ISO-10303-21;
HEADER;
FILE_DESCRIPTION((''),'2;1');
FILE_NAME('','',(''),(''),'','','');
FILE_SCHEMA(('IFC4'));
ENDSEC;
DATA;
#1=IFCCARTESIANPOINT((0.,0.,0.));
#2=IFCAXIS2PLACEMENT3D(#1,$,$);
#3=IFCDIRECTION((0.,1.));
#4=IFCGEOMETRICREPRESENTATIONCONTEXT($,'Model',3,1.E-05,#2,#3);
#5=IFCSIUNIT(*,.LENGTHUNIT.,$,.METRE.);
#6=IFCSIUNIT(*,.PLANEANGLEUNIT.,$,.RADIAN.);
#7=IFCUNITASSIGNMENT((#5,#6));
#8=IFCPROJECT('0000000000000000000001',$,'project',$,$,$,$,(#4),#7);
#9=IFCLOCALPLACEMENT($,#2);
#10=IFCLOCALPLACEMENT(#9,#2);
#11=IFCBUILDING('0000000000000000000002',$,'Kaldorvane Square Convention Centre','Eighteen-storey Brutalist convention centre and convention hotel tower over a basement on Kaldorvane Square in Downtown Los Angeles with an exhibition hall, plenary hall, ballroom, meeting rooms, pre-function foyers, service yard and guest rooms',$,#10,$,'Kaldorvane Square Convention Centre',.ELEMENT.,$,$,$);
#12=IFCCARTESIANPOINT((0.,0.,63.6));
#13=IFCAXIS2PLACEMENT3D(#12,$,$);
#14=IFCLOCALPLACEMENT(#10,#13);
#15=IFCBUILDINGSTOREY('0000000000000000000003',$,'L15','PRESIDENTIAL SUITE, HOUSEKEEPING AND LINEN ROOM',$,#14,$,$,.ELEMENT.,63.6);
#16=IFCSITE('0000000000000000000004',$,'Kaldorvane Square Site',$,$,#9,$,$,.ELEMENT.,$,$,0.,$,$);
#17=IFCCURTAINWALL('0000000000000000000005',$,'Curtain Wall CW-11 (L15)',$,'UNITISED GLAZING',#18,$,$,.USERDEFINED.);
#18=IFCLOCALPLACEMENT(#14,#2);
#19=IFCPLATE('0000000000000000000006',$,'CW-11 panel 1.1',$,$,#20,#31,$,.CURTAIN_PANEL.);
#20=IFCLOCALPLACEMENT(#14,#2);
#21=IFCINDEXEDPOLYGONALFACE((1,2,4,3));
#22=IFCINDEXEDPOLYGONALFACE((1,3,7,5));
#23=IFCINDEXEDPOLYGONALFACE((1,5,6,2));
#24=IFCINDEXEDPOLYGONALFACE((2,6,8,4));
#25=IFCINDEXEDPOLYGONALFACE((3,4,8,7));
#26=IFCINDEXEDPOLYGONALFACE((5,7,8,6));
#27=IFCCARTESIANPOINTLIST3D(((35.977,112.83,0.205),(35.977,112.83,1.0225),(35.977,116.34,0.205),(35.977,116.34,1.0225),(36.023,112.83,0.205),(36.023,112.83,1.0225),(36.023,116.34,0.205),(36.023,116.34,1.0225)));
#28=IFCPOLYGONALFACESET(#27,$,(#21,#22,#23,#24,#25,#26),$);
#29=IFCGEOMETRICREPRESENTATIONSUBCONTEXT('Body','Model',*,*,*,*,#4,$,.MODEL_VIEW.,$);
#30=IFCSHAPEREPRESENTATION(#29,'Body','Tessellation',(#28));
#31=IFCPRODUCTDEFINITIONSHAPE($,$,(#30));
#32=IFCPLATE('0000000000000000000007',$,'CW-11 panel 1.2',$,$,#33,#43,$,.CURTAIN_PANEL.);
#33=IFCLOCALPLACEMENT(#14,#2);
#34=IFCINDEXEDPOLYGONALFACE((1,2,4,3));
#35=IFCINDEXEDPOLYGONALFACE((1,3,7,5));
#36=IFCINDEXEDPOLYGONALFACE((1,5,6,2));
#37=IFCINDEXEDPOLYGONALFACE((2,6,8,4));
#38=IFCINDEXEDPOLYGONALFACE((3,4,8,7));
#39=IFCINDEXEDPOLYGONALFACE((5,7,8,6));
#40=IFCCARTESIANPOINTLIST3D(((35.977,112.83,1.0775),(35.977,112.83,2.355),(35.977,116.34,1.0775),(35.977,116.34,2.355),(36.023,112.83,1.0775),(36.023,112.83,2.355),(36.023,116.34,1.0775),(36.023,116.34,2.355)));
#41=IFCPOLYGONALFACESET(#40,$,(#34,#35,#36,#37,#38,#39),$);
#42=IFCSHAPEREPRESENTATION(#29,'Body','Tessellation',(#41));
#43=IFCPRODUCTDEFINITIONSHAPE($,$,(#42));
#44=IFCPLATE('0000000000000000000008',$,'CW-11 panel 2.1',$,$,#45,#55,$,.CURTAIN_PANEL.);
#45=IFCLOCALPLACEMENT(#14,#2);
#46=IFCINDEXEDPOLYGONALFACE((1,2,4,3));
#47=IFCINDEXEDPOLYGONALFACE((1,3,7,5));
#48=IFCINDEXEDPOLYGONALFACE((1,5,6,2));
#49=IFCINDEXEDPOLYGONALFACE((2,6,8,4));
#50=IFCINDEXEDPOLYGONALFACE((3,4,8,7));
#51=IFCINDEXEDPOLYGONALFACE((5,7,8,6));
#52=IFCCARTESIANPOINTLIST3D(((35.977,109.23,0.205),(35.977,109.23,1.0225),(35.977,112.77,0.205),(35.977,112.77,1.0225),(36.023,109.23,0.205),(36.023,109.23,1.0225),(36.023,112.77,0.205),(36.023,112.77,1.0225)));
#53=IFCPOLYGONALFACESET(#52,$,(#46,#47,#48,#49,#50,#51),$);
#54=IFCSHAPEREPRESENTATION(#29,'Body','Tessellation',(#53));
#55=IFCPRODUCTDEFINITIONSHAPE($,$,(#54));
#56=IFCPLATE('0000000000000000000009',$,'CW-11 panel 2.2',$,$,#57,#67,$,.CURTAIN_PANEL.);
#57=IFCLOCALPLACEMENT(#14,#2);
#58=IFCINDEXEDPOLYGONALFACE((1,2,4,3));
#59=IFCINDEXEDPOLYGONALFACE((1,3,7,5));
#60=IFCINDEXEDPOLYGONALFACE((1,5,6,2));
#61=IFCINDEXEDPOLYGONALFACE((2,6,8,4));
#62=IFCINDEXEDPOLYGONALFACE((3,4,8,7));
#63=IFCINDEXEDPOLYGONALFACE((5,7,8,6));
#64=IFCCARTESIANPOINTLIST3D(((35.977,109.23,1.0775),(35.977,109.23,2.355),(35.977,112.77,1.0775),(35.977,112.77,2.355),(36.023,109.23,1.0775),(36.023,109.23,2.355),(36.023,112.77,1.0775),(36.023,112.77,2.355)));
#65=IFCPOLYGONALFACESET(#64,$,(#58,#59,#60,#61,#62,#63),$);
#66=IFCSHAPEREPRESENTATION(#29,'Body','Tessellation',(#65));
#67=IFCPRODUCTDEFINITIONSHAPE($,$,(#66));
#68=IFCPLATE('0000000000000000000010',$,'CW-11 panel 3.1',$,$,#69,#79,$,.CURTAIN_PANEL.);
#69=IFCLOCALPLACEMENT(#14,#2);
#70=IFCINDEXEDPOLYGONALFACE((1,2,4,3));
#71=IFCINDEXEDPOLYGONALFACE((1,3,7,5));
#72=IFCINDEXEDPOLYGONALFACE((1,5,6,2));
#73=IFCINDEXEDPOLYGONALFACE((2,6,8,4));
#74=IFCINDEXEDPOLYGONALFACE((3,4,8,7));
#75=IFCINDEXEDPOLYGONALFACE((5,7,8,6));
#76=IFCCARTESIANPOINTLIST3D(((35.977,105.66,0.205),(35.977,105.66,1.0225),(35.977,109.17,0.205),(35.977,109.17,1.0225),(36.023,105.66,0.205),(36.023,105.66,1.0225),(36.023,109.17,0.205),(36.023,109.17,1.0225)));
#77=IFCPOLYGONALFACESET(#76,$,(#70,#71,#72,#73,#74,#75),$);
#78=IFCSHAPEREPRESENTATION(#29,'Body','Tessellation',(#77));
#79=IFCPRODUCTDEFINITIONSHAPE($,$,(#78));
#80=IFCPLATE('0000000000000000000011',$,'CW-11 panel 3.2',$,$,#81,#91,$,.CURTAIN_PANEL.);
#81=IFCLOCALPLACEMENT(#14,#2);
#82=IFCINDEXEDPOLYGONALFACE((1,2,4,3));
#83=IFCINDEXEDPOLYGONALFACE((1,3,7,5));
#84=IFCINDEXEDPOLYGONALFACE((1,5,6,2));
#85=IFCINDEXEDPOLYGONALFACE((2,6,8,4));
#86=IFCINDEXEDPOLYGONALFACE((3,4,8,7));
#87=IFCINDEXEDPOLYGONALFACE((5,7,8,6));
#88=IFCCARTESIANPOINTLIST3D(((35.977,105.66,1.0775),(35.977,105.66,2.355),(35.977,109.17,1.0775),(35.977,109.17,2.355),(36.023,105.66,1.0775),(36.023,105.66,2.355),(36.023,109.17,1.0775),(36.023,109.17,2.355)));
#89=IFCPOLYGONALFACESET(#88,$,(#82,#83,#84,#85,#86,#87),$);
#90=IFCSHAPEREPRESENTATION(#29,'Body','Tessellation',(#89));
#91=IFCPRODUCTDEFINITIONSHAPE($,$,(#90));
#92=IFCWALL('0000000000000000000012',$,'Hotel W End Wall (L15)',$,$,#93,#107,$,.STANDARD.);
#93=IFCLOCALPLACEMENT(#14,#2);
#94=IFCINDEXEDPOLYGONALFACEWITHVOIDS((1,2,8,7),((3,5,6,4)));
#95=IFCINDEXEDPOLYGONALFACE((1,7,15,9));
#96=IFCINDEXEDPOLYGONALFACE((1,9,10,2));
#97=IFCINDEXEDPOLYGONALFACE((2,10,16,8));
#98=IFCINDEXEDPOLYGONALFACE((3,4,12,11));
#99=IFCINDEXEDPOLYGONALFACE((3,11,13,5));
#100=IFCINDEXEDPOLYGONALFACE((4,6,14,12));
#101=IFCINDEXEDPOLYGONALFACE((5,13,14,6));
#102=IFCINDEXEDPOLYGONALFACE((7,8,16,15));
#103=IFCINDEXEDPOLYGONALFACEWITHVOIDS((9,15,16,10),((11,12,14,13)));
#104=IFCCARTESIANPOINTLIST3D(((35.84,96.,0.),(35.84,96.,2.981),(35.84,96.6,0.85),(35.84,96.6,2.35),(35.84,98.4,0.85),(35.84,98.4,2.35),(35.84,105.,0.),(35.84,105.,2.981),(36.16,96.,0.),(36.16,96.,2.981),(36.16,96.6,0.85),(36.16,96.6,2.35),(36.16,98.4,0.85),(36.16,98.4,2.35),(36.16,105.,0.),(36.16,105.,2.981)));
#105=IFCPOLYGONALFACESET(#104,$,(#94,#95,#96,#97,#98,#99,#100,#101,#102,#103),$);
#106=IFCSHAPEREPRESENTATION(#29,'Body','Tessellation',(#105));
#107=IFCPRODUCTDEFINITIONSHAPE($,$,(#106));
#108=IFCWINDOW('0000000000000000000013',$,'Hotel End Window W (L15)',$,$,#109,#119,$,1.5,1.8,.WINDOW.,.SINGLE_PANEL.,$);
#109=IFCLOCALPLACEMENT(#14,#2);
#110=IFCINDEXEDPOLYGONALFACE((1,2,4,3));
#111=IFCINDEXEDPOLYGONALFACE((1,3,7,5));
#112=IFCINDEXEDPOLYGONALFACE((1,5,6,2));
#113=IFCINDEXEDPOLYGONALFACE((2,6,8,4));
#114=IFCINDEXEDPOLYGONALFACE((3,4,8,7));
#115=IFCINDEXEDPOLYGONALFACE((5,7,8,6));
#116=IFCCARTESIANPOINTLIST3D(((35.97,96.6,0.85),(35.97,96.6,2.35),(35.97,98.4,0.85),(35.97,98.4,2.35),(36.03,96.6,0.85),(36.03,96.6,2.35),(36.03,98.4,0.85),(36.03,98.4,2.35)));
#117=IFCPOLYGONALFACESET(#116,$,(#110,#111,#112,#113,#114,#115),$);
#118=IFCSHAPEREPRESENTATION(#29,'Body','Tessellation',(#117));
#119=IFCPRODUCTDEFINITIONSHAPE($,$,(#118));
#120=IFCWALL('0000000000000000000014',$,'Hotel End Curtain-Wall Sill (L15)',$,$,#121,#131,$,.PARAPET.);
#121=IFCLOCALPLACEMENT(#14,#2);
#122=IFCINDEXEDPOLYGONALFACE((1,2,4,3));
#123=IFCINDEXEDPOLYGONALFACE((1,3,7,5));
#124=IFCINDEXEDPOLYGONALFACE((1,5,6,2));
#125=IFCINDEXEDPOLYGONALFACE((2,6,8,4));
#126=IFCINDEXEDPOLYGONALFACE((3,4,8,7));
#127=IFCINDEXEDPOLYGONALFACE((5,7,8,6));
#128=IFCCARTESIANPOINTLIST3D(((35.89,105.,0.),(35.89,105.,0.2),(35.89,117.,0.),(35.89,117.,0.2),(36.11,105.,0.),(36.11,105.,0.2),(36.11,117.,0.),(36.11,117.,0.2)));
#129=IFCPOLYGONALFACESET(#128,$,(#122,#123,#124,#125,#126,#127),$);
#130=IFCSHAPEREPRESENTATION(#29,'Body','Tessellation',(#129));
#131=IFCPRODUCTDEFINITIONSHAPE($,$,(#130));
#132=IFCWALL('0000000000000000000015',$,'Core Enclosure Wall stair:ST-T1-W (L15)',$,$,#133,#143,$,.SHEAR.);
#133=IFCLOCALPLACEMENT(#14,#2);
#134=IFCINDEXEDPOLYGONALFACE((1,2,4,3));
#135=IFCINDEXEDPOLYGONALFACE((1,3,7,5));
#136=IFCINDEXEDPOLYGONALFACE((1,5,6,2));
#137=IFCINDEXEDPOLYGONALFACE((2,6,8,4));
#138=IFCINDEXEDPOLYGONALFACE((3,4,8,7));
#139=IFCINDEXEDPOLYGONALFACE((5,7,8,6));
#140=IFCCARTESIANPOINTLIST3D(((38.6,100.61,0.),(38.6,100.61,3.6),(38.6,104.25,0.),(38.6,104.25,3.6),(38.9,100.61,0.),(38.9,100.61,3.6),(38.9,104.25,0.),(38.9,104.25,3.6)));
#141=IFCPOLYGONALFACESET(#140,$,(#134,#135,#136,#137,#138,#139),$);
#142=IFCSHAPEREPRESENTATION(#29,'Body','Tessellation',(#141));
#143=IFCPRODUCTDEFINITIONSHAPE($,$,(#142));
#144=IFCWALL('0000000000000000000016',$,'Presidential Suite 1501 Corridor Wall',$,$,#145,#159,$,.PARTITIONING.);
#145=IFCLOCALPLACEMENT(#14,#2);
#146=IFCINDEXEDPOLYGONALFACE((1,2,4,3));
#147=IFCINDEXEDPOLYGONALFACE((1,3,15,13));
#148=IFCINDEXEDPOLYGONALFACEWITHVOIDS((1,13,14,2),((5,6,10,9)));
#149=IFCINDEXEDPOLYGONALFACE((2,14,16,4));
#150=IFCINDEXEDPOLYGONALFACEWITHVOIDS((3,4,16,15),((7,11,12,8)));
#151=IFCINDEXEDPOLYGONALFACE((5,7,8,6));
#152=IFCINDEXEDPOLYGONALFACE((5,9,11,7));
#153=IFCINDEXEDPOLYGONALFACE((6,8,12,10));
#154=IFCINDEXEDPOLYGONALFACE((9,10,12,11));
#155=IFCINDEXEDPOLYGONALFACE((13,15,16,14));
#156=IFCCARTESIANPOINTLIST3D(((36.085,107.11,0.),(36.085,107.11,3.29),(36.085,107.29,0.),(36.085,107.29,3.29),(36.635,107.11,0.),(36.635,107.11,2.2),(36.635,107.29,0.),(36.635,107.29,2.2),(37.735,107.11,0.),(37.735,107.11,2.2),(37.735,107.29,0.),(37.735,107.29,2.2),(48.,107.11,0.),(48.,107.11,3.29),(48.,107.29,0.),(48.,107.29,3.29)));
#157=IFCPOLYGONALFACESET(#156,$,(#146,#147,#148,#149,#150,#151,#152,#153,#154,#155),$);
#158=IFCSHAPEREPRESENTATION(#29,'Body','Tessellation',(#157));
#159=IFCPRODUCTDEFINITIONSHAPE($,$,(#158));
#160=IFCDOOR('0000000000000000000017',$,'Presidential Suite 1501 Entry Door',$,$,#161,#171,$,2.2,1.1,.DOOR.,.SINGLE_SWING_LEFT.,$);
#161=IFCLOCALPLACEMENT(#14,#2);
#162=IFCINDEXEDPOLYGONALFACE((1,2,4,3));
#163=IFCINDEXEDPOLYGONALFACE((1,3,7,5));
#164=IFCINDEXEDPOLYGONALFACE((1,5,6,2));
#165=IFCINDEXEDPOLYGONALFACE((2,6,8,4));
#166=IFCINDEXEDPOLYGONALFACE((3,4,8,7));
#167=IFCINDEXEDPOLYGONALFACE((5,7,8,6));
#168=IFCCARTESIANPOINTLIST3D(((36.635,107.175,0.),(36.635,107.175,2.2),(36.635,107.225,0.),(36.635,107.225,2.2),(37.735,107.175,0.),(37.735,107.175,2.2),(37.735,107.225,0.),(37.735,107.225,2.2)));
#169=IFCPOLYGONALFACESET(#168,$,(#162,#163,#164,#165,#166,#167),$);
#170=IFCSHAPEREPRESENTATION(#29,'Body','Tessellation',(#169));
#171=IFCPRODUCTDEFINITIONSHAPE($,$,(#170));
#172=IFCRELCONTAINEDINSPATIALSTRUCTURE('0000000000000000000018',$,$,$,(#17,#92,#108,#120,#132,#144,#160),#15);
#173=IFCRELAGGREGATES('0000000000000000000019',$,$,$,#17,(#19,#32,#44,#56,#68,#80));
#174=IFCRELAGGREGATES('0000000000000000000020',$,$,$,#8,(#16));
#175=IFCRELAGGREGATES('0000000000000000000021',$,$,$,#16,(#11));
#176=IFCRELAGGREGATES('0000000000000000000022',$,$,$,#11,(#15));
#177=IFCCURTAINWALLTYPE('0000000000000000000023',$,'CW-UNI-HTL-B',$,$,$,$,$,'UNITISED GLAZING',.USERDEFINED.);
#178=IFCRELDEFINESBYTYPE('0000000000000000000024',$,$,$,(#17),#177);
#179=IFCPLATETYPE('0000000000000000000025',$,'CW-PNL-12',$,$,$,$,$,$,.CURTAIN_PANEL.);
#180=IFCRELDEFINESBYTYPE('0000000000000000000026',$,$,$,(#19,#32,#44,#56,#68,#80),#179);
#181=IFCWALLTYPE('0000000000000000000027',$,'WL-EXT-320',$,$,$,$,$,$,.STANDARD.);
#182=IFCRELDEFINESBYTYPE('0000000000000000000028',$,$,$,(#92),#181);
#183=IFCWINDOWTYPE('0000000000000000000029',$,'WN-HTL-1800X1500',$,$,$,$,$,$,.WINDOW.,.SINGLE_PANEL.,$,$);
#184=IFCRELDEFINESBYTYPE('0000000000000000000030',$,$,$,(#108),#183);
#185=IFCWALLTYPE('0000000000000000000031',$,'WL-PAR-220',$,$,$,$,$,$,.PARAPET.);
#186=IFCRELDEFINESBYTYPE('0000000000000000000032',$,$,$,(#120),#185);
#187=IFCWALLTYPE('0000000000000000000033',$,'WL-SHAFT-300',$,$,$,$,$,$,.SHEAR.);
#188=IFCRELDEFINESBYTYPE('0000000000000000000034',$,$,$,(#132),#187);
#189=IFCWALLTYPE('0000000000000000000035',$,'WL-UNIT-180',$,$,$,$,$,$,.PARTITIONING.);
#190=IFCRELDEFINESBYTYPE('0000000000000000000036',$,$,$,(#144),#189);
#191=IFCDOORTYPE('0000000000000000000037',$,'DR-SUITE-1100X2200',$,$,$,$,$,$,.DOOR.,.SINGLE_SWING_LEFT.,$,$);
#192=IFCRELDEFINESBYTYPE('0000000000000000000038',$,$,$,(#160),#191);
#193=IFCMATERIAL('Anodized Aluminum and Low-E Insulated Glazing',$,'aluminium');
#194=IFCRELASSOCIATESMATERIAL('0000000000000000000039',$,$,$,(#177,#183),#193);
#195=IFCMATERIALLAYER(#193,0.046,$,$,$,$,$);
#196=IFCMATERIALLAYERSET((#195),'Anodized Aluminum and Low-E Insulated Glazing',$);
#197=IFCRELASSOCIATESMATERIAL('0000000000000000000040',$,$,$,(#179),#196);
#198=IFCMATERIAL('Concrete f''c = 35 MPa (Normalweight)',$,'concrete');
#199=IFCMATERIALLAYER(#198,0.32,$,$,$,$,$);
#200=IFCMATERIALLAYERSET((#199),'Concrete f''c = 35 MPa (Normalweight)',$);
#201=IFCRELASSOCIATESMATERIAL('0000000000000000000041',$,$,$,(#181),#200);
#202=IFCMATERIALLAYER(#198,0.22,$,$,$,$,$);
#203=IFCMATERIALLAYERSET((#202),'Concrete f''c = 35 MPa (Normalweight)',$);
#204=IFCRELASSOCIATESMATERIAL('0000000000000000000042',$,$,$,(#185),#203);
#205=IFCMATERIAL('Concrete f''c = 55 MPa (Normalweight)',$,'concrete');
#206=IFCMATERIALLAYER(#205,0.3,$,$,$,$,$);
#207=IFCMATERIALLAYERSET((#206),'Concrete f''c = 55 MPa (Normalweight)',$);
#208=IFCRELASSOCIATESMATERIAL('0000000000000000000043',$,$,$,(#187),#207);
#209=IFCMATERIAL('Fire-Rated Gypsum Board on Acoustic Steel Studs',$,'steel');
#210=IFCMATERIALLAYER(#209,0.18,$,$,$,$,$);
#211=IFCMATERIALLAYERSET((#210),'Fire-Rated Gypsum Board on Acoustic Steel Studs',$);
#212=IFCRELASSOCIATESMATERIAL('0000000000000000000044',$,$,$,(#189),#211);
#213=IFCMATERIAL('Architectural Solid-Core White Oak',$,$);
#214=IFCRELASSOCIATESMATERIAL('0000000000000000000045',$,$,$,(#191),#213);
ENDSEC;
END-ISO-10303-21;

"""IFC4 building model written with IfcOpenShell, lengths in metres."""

from ifc_helpers import new_model, si_unit, direction, frame, frame_2d, origin, origin_2d, place, context, subcontext, project, spatial, rectangle, extrude, material, layer, layer_set, type_object, element, fill, aggregate, save


model = new_model("IFC4")

# Units and contexts
model_context = context("Model", 3, precision=1e-05, world=origin(), true_north=direction((0.0, 1.0)))
body_context = subcontext(model_context, "Body", "Model", "MODEL_VIEW")
ifc_project = project(units=[si_unit("LENGTHUNIT", "METRE"), si_unit("PLANEANGLEUNIT", "RADIAN")], contexts=[model_context])

# Site, building, storey
site_placement = place(None, origin())
site = spatial("IfcSite", under=ifc_project, at=site_placement, Name="Kaldorvane Square Site", CompositionType="ELEMENT", RefElevation=0.0)
building_placement = place(site_placement, origin())
building = spatial("IfcBuilding", under=site, at=building_placement, Name="Kaldorvane Square Convention Centre", Description="Eighteen-storey Brutalist convention centre and convention hotel tower over a basement on Kaldorvane Square in Downtown Los Angeles with an exhibition hall, plenary hall, ballroom, meeting rooms, pre-function foyers, service yard and guest rooms", LongName="Kaldorvane Square Convention Centre", CompositionType="ELEMENT")
storey_placement = place(building_placement, frame((0.0, 0.0, 63.6)))
storey = spatial("IfcBuildingStorey", under=building, at=storey_placement, Name="L15", Description="PRESIDENTIAL SUITE, HOUSEKEEPING AND LINEN ROOM", CompositionType="ELEMENT", Elevation=63.6)

# Curtain wall, plates
ifc_material_1 = material(Name="Anodized Aluminum and Low-E Insulated Glazing", Category="aluminium")
curtain_wall_type = type_object("IfcCurtainWallType", Name="CW-UNI-HTL-B", ElementType="UNITISED GLAZING", PredefinedType="USERDEFINED", material=ifc_material_1)
curtain_wall_placement = place(storey_placement, origin())
curtain_wall = element("IfcCurtainWall", 1, at=curtain_wall_placement, inside=storey, type_object=curtain_wall_type, Name="Curtain Wall CW-11 (L15)", ObjectType="UNITISED GLAZING", PredefinedType="USERDEFINED")
ifc_layer_1 = layer(ifc_material_1, 0.046)
ifc_layer_set_1 = layer_set([ifc_layer_1], Name="Anodized Aluminum and Low-E Insulated Glazing")
plate_type = type_object("IfcPlateType", Name="CW-PNL-12", PredefinedType="CURTAIN_PANEL", material=ifc_layer_set_1)
plate_1_placement = place(storey_placement, frame((36.0, 114.585, 0.205), z_axis=(0.0, 0.0, 1.0), x_axis=(0.0, -1.0, 0.0)))
plate_1 = element("IfcPlate", 2, at=plate_1_placement, type_object=plate_type, Name="CW-11 panel 1.1", PredefinedType="CURTAIN_PANEL", context=body_context, shape_type="SweptSolid", body=[
    extrude(rectangle(XDim=3.51, YDim=0.046, at=origin_2d()), origin(), (0.0, 0.0, 1.0), 0.8175),
])
plate_2_placement = place(storey_placement, frame((36.0, 114.585, 1.0775), z_axis=(0.0, 0.0, 1.0), x_axis=(0.0, -1.0, 0.0)))
plate_2 = element("IfcPlate", 3, at=plate_2_placement, type_object=plate_type, Name="CW-11 panel 1.2", PredefinedType="CURTAIN_PANEL", context=body_context, shape_type="SweptSolid", body=[
    extrude(rectangle(XDim=3.51, YDim=0.046, at=origin_2d()), origin(), (0.0, 0.0, 1.0), 1.2775),
])
plate_3_placement = place(storey_placement, frame((36.0, 111.0, 0.205), z_axis=(0.0, 0.0, 1.0), x_axis=(0.0, -1.0, 0.0)))
plate_3 = element("IfcPlate", 4, at=plate_3_placement, type_object=plate_type, Name="CW-11 panel 2.1", PredefinedType="CURTAIN_PANEL", context=body_context, shape_type="SweptSolid", body=[
    extrude(rectangle(XDim=3.54, YDim=0.046, at=origin_2d()), origin(), (0.0, 0.0, 1.0), 0.8175),
])
plate_4_placement = place(storey_placement, frame((36.0, 111.0, 1.0775), z_axis=(0.0, 0.0, 1.0), x_axis=(0.0, -1.0, 0.0)))
plate_4 = element("IfcPlate", 5, at=plate_4_placement, type_object=plate_type, Name="CW-11 panel 2.2", PredefinedType="CURTAIN_PANEL", context=body_context, shape_type="SweptSolid", body=[
    extrude(rectangle(XDim=3.54, YDim=0.046, at=origin_2d()), origin(), (0.0, 0.0, 1.0), 1.2775),
])
plate_5_placement = place(storey_placement, frame((36.0, 107.415, 0.205), z_axis=(0.0, 0.0, 1.0), x_axis=(0.0, -1.0, 0.0)))
plate_5 = element("IfcPlate", 6, at=plate_5_placement, type_object=plate_type, Name="CW-11 panel 3.1", PredefinedType="CURTAIN_PANEL", context=body_context, shape_type="SweptSolid", body=[
    extrude(rectangle(XDim=3.51, YDim=0.046, at=origin_2d()), origin(), (0.0, 0.0, 1.0), 0.8175),
])
plate_6_placement = place(storey_placement, frame((36.0, 107.415, 1.0775), z_axis=(0.0, 0.0, 1.0), x_axis=(0.0, -1.0, 0.0)))
plate_6 = element("IfcPlate", 7, at=plate_6_placement, type_object=plate_type, Name="CW-11 panel 3.2", PredefinedType="CURTAIN_PANEL", context=body_context, shape_type="SweptSolid", body=[
    extrude(rectangle(XDim=3.51, YDim=0.046, at=origin_2d()), origin(), (0.0, 0.0, 1.0), 1.2775),
])
aggregate(curtain_wall, [plate_1, plate_2, plate_3, plate_4, plate_5, plate_6])

# Wall, opening, window
ifc_material_2 = material(Name="Concrete f'c = 35 MPa (Normalweight)", Category="concrete")
ifc_layer_2 = layer(ifc_material_2, 0.32)
ifc_layer_set_2 = layer_set([ifc_layer_2], Name="Concrete f'c = 35 MPa (Normalweight)")
wall_type_1 = type_object("IfcWallType", Name="WL-EXT-320", PredefinedType="STANDARD", material=ifc_layer_set_2)
wall_1_placement = place(storey_placement, frame((36.0, 105.0, 0.0), z_axis=(0.0, 0.0, 1.0), x_axis=(0.0, -1.0, 0.0)))
wall_1 = element("IfcWall", 8, at=wall_1_placement, inside=storey, type_object=wall_type_1, Name="Hotel W End Wall (L15)", PredefinedType="STANDARD", context=body_context, shape_type="SweptSolid", body=[
    extrude(rectangle(XDim=9.0, YDim=0.32, at=frame_2d((4.5, 0.0))), origin(), (0.0, 0.0, 1.0), 2.981),
])
opening_1_placement = place(wall_1_placement, frame((6.6, 0.0, 0.85)))
opening_1 = element("IfcOpeningElement", 9, at=opening_1_placement, cuts=wall_1, PredefinedType="OPENING", context=body_context, shape_type="SweptSolid", body=[
    extrude(rectangle(XDim=1.8, YDim=1.5, at=frame_2d((0.9, 0.75))), frame((0.0, 0.175, 0.0), z_axis=(0.0, -1.0, 0.0), x_axis=(1.0, 0.0, 0.0)), (0.0, 0.0, 1.0), 0.35),
])
window_type = type_object("IfcWindowType", Name="WN-HTL-1800X1500", PartitioningType="SINGLE_PANEL", PredefinedType="WINDOW", material=ifc_material_1)
window_placement = place(opening_1_placement, origin())
window = element("IfcWindow", 10, at=window_placement, inside=storey, type_object=window_type, Name="Hotel End Window W (L15)", OverallHeight=1.5, OverallWidth=1.8, PartitioningType="SINGLE_PANEL", PredefinedType="WINDOW", context=body_context, shape_type="SweptSolid", body=[
    extrude(rectangle(XDim=1.8, YDim=1.5, at=frame_2d((0.9, 0.75))), frame((0.0, 0.03, 0.0), z_axis=(0.0, -1.0, 0.0), x_axis=(1.0, 0.0, 0.0)), (0.0, 0.0, 1.0), 0.06),
])
fill(opening_1, window)

# Walls
ifc_layer_3 = layer(ifc_material_2, 0.22)
ifc_layer_set_3 = layer_set([ifc_layer_3], Name="Concrete f'c = 35 MPa (Normalweight)")
wall_type_2 = type_object("IfcWallType", Name="WL-PAR-220", PredefinedType="PARAPET", material=ifc_layer_set_3)
wall_2_placement = place(storey_placement, frame((36.0, 117.0, 0.0), z_axis=(0.0, 0.0, 1.0), x_axis=(0.0, -1.0, 0.0)))
element("IfcWall", 11, at=wall_2_placement, inside=storey, type_object=wall_type_2, Name="Hotel End Curtain-Wall Sill (L15)", PredefinedType="PARAPET", context=body_context, shape_type="SweptSolid", body=[
    extrude(rectangle(XDim=12.0, YDim=0.22, at=frame_2d((6.0, 0.0))), origin(), (0.0, 0.0, 1.0), 0.2),
])
ifc_material_3 = material(Name="Concrete f'c = 55 MPa (Normalweight)", Category="concrete")
ifc_layer_4 = layer(ifc_material_3, 0.3)
ifc_layer_set_4 = layer_set([ifc_layer_4], Name="Concrete f'c = 55 MPa (Normalweight)")
wall_type_3 = type_object("IfcWallType", Name="WL-SHAFT-300", PredefinedType="SHEAR", material=ifc_layer_set_4)
wall_3_placement = place(storey_placement, frame((38.75, 104.25, 0.0), z_axis=(0.0, 0.0, 1.0), x_axis=(0.0, -1.0, 0.0)))
element("IfcWall", 12, at=wall_3_placement, inside=storey, type_object=wall_type_3, Name="Core Enclosure Wall stair:ST-T1-W (L15)", PredefinedType="SHEAR", context=body_context, shape_type="SweptSolid", body=[
    extrude(rectangle(XDim=3.64, YDim=0.3, at=frame_2d((1.82, 0.0))), origin(), (0.0, 0.0, 1.0), 3.6),
])

# Wall, opening, door
ifc_material_4 = material(Name="Fire-Rated Gypsum Board on Acoustic Steel Studs", Category="steel")
ifc_layer_5 = layer(ifc_material_4, 0.18)
ifc_layer_set_5 = layer_set([ifc_layer_5], Name="Fire-Rated Gypsum Board on Acoustic Steel Studs")
wall_type_4 = type_object("IfcWallType", Name="WL-UNIT-180", PredefinedType="PARTITIONING", material=ifc_layer_set_5)
wall_4_placement = place(storey_placement, frame((36.085, 107.2, 0.0), z_axis=(0.0, 0.0, 1.0), x_axis=(1.0, 0.0, 0.0)))
wall_4 = element("IfcWall", 13, at=wall_4_placement, inside=storey, type_object=wall_type_4, Name="Presidential Suite 1501 Corridor Wall", PredefinedType="PARTITIONING", context=body_context, shape_type="SweptSolid", body=[
    extrude(rectangle(XDim=11.915, YDim=0.18, at=frame_2d((5.9575, 0.0))), origin(), (0.0, 0.0, 1.0), 3.29),
])
opening_2_placement = place(wall_4_placement, frame((0.55, 0.0, 0.0)))
opening_2 = element("IfcOpeningElement", 14, at=opening_2_placement, cuts=wall_4, PredefinedType="OPENING", context=body_context, shape_type="SweptSolid", body=[
    extrude(rectangle(XDim=1.1, YDim=2.2, at=frame_2d((0.55, 1.1))), frame((0.0, 0.105, 0.0), z_axis=(0.0, -1.0, 0.0), x_axis=(1.0, 0.0, 0.0)), (0.0, 0.0, 1.0), 0.21),
])
ifc_material_5 = material(Name="Architectural Solid-Core White Oak")
door_type = type_object("IfcDoorType", Name="DR-SUITE-1100X2200", OperationType="SINGLE_SWING_LEFT", PredefinedType="DOOR", material=ifc_material_5)
door_placement = place(opening_2_placement, origin())
door = element("IfcDoor", 15, at=door_placement, inside=storey, type_object=door_type, Name="Presidential Suite 1501 Entry Door", OperationType="SINGLE_SWING_LEFT", OverallHeight=2.2, OverallWidth=1.1, PredefinedType="DOOR", context=body_context, shape_type="SweptSolid", body=[
    extrude(rectangle(XDim=1.1, YDim=2.2, at=frame_2d((0.55, 1.1))), frame((0.0, 0.025, 0.0), z_axis=(0.0, -1.0, 0.0), x_axis=(1.0, 0.0, 0.0)), (0.0, 0.0, 1.0), 0.05),
])
fill(opening_2, door)

save(model, "model.ifc")
